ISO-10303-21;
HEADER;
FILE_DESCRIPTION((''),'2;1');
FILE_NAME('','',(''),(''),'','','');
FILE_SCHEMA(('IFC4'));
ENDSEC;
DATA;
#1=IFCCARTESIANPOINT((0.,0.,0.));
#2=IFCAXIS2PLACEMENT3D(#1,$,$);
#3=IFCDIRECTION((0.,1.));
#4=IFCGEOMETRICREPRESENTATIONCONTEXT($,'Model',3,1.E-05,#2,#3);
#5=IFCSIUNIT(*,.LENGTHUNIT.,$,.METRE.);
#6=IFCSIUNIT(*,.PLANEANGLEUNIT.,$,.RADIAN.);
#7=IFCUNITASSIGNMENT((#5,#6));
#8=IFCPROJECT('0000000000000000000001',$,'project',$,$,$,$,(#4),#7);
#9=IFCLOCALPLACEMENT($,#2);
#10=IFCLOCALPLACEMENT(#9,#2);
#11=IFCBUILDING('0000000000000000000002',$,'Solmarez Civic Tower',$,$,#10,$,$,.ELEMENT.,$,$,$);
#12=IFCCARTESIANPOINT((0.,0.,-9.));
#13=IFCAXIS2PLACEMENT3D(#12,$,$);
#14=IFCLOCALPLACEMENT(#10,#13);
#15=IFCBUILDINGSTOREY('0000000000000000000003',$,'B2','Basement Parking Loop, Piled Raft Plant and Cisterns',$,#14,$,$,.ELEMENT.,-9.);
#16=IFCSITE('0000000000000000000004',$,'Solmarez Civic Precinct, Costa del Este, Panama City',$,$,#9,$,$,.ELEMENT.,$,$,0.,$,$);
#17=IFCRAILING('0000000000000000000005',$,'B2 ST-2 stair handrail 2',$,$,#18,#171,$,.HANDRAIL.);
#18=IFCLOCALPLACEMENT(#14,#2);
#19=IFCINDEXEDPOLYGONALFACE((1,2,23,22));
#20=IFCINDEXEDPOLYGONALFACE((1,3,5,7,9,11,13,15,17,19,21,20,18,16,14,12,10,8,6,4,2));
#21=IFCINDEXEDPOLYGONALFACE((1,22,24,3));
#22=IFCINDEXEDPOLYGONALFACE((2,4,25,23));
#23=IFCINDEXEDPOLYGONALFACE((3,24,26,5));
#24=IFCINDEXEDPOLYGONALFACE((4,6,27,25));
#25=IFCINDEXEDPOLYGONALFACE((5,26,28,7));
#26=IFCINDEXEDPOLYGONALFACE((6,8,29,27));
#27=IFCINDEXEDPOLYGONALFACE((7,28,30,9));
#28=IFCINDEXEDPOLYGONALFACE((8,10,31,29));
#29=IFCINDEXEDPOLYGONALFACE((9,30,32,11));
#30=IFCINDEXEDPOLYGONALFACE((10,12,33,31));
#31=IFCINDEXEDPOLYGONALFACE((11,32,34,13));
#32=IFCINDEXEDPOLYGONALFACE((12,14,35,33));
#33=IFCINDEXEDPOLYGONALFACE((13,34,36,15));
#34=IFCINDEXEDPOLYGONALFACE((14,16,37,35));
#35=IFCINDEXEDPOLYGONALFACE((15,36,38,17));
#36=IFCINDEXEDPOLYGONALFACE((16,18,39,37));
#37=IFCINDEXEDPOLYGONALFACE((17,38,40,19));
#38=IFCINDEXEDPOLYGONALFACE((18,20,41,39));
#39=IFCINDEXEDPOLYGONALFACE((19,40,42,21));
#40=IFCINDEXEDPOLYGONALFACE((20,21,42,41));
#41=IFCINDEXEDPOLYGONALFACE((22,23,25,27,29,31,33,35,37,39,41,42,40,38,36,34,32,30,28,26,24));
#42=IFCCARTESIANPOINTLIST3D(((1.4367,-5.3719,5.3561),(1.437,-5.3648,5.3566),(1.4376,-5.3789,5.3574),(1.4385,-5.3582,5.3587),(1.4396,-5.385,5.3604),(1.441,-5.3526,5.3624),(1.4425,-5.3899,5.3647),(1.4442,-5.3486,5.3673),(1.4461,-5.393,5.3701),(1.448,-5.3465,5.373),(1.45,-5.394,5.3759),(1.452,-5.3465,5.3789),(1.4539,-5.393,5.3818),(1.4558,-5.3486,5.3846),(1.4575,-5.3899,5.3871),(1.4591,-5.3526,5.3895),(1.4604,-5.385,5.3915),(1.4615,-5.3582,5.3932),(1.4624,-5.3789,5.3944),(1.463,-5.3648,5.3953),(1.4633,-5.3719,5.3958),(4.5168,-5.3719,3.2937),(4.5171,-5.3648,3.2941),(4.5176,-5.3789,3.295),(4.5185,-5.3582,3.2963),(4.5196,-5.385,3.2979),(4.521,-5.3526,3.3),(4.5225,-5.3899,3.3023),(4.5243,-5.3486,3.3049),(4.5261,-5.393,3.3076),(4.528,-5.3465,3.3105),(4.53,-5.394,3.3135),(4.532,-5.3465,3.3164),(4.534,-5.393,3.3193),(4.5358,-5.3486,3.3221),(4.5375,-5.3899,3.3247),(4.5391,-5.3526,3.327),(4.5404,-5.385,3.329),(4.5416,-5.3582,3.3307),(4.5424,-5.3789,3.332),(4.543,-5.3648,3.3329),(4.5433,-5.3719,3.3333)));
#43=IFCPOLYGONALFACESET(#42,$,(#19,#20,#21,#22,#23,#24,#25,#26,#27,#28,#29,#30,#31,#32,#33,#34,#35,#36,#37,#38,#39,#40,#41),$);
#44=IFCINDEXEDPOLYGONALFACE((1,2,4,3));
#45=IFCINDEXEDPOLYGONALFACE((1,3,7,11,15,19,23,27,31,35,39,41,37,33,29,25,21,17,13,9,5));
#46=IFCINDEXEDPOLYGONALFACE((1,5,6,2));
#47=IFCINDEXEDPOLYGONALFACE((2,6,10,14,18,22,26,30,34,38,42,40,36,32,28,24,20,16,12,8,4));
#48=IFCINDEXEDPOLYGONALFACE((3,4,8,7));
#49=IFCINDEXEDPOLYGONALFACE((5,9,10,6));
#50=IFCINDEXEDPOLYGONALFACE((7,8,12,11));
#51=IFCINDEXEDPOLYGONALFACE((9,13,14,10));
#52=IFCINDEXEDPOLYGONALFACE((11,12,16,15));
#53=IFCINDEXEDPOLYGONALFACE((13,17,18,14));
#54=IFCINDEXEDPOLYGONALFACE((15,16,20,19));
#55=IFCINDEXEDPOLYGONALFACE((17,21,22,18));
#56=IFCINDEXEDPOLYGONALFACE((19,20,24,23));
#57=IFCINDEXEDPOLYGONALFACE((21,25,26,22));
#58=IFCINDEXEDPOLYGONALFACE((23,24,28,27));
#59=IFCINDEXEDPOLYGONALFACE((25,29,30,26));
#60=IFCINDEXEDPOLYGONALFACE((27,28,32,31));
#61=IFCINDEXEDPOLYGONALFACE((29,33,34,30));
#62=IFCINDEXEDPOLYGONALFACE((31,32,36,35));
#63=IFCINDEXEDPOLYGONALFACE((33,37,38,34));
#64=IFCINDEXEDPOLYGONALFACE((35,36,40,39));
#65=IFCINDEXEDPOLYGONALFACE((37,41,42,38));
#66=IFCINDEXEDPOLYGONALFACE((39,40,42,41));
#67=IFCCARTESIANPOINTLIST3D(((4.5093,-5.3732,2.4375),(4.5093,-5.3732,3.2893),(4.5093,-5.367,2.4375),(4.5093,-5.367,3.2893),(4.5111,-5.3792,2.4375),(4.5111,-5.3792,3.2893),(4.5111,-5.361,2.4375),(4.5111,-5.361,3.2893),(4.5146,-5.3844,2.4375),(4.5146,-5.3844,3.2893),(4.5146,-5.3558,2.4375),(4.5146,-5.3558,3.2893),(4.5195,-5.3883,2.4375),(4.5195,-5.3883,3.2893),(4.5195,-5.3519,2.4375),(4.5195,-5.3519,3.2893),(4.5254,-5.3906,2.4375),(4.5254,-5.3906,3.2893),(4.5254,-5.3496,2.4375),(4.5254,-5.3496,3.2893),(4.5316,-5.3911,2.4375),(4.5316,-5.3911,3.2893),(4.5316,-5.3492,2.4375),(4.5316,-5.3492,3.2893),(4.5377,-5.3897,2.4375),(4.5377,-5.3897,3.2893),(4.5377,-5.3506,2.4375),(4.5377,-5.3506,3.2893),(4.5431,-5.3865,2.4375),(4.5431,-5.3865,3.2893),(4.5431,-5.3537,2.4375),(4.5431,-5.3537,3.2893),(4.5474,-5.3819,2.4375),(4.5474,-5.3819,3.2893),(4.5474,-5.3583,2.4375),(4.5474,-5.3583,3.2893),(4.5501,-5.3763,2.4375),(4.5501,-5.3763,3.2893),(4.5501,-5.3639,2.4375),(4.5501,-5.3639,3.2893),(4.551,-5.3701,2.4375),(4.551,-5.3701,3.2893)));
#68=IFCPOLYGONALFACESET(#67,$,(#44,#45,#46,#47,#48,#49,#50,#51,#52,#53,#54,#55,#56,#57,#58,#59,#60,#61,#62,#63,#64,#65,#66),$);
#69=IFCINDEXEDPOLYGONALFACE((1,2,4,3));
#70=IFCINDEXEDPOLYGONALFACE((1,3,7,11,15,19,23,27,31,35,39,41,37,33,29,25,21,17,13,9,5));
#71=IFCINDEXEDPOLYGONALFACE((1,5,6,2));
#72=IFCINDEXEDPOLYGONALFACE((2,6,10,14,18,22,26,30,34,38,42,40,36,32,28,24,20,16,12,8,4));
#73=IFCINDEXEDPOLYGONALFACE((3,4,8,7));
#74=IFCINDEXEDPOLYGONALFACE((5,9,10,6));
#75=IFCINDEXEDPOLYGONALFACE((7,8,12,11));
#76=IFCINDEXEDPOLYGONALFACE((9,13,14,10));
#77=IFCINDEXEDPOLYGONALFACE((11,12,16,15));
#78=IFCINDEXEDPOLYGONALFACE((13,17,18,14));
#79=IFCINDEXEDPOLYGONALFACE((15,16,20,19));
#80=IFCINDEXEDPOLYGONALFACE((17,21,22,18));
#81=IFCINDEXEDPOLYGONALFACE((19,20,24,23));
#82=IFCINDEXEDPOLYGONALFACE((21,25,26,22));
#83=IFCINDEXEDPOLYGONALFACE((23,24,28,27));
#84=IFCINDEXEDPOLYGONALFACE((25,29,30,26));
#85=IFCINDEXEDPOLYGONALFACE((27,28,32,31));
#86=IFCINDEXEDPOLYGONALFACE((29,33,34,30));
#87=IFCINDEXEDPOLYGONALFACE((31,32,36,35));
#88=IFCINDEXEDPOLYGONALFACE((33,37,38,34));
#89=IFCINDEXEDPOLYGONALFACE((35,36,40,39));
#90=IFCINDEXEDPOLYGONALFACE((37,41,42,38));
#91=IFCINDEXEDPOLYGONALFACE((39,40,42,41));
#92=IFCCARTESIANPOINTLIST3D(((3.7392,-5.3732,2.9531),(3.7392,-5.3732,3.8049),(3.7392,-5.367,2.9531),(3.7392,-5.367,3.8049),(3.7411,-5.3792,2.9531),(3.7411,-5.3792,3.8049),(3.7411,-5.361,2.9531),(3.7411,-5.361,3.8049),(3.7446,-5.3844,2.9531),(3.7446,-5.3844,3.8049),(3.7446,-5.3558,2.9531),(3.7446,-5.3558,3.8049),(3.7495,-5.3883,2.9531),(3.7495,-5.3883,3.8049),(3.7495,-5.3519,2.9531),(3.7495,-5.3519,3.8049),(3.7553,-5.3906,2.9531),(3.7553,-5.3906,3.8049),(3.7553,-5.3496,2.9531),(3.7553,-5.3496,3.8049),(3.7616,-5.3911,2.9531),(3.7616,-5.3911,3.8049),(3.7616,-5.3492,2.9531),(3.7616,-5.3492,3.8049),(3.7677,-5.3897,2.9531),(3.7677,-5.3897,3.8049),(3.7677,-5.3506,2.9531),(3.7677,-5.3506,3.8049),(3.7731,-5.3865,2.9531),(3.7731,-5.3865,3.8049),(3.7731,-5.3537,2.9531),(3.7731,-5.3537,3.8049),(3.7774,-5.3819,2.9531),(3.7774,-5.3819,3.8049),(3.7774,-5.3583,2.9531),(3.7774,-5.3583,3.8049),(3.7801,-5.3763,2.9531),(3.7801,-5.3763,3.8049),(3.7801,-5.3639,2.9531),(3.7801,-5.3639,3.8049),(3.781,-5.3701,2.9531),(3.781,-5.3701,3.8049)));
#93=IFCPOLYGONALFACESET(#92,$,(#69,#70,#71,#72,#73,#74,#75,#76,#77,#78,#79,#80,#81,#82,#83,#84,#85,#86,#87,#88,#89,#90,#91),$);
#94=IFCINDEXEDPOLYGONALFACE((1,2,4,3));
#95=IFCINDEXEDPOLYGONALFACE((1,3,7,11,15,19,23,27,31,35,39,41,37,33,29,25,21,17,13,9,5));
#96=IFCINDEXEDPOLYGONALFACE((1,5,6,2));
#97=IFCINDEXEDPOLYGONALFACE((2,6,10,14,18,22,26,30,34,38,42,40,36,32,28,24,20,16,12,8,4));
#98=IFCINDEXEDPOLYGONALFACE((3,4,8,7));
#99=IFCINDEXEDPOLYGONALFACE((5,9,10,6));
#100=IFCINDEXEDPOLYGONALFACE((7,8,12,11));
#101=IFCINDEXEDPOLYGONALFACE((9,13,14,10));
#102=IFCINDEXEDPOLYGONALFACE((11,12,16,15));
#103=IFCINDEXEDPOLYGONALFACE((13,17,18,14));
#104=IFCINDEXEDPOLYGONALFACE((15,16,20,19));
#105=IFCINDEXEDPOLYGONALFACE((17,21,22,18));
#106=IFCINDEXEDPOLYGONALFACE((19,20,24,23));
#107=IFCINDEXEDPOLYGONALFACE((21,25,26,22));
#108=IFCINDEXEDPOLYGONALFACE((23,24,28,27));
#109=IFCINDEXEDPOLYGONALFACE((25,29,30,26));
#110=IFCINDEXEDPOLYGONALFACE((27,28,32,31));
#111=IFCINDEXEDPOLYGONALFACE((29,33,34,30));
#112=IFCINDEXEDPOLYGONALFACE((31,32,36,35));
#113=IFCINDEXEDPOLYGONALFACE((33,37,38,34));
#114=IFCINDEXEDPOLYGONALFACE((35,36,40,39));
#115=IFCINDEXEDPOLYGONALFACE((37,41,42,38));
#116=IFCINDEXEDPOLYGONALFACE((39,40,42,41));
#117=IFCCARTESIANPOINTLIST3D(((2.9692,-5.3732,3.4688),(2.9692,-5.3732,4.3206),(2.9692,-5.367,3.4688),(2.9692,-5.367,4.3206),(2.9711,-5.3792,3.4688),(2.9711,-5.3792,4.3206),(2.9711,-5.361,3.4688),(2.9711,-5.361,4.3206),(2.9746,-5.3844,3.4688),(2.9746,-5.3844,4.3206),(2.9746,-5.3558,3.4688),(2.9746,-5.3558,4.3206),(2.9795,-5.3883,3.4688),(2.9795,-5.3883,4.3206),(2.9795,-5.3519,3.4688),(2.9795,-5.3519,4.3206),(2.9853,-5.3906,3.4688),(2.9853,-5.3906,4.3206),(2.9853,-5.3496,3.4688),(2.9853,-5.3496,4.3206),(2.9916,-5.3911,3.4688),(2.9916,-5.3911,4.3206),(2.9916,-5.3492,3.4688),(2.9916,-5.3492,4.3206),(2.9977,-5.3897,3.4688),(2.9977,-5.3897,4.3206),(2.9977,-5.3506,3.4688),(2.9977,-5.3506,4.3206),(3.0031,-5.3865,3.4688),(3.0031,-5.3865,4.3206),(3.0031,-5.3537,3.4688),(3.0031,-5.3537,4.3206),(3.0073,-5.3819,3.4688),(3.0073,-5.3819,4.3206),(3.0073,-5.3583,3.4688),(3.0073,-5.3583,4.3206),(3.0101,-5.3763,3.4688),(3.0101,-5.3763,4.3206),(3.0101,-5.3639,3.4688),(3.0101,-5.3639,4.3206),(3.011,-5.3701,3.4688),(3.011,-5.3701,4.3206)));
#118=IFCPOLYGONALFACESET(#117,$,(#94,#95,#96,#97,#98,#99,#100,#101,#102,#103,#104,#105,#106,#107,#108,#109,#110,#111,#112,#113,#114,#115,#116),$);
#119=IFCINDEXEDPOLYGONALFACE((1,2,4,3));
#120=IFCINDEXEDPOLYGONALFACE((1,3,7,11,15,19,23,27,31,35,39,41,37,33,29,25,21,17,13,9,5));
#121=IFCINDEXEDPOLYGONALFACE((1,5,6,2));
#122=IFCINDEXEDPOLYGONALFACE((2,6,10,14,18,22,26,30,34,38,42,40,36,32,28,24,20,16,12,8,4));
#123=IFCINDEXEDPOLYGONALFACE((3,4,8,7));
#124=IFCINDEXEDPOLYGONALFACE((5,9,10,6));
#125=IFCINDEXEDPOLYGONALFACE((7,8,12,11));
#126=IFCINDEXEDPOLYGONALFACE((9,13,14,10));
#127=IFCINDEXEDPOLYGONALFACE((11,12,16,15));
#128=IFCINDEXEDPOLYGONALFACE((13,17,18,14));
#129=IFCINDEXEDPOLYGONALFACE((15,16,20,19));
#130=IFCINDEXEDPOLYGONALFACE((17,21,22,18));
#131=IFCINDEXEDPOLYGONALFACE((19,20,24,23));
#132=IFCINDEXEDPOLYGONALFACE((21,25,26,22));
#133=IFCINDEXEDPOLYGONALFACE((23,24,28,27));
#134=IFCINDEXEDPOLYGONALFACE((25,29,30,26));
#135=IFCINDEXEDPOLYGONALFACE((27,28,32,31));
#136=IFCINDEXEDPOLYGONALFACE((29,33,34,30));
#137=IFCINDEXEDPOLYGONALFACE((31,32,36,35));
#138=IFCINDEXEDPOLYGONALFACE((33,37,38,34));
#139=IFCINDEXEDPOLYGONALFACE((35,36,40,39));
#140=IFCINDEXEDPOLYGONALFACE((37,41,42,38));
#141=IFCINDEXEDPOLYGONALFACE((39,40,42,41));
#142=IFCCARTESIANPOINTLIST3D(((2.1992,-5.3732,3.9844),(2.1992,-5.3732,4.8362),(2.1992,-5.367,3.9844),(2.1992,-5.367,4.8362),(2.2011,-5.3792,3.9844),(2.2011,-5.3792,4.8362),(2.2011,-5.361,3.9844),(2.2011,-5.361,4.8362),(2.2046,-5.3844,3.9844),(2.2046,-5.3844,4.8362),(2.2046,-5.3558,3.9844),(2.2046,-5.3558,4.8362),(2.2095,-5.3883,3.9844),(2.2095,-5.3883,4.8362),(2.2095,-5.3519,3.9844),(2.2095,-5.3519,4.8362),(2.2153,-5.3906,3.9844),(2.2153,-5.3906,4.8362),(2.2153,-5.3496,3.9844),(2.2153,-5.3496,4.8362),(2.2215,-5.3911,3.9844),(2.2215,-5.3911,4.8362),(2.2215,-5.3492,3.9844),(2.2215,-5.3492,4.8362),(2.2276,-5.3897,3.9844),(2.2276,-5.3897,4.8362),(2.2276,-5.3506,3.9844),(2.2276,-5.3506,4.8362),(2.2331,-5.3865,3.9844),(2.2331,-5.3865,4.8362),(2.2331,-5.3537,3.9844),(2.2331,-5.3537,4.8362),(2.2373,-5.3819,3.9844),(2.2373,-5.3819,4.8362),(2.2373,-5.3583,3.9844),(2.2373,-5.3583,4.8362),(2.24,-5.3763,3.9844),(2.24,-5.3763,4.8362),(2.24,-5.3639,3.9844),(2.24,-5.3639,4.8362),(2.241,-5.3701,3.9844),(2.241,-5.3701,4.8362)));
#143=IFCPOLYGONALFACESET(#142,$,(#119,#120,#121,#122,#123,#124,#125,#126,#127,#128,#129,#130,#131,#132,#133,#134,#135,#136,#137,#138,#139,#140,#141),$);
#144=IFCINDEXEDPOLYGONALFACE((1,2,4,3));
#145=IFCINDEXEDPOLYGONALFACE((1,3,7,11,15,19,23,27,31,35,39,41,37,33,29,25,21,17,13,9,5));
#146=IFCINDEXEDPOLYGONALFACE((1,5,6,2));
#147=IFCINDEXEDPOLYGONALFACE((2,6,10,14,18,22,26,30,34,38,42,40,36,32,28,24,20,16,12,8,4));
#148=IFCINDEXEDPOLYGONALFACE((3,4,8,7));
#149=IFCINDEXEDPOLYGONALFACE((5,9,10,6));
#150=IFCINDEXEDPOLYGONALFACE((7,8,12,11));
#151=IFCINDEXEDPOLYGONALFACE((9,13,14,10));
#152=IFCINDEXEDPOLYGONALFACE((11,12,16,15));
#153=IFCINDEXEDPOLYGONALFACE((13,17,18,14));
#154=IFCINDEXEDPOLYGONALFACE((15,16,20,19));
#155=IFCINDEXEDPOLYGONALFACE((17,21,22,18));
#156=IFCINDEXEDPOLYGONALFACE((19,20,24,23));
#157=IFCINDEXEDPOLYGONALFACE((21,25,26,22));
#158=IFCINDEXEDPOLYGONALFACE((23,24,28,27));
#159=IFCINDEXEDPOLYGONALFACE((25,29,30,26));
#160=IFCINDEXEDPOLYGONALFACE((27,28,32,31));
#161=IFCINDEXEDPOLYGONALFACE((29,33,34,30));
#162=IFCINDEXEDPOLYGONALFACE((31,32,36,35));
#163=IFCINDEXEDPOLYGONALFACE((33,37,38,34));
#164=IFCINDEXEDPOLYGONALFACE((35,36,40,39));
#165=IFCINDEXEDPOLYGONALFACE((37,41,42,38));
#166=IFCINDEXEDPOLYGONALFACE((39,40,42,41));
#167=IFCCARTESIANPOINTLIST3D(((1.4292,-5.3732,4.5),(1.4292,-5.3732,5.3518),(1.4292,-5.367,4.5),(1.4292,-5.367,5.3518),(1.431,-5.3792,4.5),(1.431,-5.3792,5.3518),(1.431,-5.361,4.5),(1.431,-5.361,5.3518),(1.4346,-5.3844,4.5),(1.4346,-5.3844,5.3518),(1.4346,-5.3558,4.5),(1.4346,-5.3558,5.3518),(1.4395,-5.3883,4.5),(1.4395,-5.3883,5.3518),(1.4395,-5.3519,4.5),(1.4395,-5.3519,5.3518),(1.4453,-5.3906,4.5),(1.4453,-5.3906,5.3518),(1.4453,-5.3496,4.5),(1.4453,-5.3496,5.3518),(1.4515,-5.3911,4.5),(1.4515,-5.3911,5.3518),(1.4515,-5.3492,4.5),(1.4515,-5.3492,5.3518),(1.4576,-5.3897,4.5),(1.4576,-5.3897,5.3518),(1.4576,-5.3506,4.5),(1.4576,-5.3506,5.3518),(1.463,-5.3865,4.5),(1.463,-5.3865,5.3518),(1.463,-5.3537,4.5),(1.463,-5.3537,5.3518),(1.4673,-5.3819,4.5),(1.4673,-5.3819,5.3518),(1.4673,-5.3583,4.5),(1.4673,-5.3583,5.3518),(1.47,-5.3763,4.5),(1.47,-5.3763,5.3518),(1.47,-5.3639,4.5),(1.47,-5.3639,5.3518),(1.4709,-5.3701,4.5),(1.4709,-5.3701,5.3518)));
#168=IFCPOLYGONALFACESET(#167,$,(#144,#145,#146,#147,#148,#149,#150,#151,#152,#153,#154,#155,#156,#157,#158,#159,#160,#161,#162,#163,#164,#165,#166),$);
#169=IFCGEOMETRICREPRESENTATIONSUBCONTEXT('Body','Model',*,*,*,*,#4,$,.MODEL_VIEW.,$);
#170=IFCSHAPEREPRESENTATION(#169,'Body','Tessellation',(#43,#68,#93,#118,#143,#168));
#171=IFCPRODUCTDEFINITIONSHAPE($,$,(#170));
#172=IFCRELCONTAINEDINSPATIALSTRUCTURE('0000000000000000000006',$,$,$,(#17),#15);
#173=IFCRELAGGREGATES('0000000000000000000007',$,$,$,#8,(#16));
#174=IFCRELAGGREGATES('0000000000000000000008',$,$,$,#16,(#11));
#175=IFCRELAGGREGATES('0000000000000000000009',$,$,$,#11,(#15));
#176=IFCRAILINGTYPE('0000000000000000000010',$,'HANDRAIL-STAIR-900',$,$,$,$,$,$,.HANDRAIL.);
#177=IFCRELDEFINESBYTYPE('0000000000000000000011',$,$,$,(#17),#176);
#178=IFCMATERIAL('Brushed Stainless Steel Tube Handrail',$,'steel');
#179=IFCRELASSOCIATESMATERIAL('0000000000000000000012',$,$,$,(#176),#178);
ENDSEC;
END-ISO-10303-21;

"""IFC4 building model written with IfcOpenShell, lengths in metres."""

from ifc_helpers import new_model, si_unit, direction, frame, origin, origin_2d, place, context, subcontext, project, spatial, circle, extrude, material, type_object, element, save


model = new_model("IFC4")

# Units and contexts
model_context = context("Model", 3, precision=1e-05, world=origin(), true_north=direction((0.0, 1.0)))
body_context = subcontext(model_context, "Body", "Model", "MODEL_VIEW")
ifc_project = project(units=[si_unit("LENGTHUNIT", "METRE"), si_unit("PLANEANGLEUNIT", "RADIAN")], contexts=[model_context])

# Site, building, storey
site_placement = place(None, origin())
site = spatial("IfcSite", under=ifc_project, at=site_placement, Name="Solmarez Civic Precinct, Costa del Este, Panama City", CompositionType="ELEMENT", RefElevation=0.0)
building_placement = place(site_placement, origin())
building = spatial("IfcBuilding", under=site, at=building_placement, Name="Solmarez Civic Tower", CompositionType="ELEMENT")
storey_placement = place(building_placement, frame((0.0, 0.0, -9.0)))
storey = spatial("IfcBuildingStorey", under=building, at=storey_placement, Name="B2", Description="Basement Parking Loop, Piled Raft Plant and Cisterns", CompositionType="ELEMENT", Elevation=-9.0)

# Railing
ifc_material_1 = material(Name="Brushed Stainless Steel Tube Handrail", Category="steel")
railing_type_1 = type_object("IfcRailingType", Name="HANDRAIL-STAIR-900", PredefinedType="HANDRAIL", material=ifc_material_1)
railing_1_placement = place(storey_placement, frame((4.53, -5.3701, 2.4375)))
element("IfcRailing", 1, at=railing_1_placement, inside=storey, type_object=railing_type_1, Name="B2 ST-2 stair handrail 2", PredefinedType="HANDRAIL", context=body_context, shape_type="SweptSolid", body=[
    extrude(circle(Radius=0.0239, at=origin_2d()), frame((0.0, 0.0, 0.876), z_axis=(-0.830914, 0.0, 0.556401), x_axis=(0.0, -1.0, 0.0)), (0.0, 0.0, 1.0), 3.7068),
    extrude(circle(Radius=0.021, at=origin_2d()), origin(), (0.0, 0.0, 1.0), 0.8518),
    extrude(circle(Radius=0.021, at=origin_2d()), frame((-0.77, 0.0, 0.5156)), (0.0, 0.0, 1.0), 0.8518),
    extrude(circle(Radius=0.021, at=origin_2d()), frame((-1.54, 0.0, 1.0312)), (0.0, 0.0, 1.0), 0.8518),
    extrude(circle(Radius=0.021, at=origin_2d()), frame((-2.3101, 0.0, 1.5469)), (0.0, 0.0, 1.0), 0.8518),
    extrude(circle(Radius=0.021, at=origin_2d()), frame((-3.0801, 0.0, 2.0625)), (0.0, 0.0, 1.0), 0.8518),
])

save(model, "model.ifc")
